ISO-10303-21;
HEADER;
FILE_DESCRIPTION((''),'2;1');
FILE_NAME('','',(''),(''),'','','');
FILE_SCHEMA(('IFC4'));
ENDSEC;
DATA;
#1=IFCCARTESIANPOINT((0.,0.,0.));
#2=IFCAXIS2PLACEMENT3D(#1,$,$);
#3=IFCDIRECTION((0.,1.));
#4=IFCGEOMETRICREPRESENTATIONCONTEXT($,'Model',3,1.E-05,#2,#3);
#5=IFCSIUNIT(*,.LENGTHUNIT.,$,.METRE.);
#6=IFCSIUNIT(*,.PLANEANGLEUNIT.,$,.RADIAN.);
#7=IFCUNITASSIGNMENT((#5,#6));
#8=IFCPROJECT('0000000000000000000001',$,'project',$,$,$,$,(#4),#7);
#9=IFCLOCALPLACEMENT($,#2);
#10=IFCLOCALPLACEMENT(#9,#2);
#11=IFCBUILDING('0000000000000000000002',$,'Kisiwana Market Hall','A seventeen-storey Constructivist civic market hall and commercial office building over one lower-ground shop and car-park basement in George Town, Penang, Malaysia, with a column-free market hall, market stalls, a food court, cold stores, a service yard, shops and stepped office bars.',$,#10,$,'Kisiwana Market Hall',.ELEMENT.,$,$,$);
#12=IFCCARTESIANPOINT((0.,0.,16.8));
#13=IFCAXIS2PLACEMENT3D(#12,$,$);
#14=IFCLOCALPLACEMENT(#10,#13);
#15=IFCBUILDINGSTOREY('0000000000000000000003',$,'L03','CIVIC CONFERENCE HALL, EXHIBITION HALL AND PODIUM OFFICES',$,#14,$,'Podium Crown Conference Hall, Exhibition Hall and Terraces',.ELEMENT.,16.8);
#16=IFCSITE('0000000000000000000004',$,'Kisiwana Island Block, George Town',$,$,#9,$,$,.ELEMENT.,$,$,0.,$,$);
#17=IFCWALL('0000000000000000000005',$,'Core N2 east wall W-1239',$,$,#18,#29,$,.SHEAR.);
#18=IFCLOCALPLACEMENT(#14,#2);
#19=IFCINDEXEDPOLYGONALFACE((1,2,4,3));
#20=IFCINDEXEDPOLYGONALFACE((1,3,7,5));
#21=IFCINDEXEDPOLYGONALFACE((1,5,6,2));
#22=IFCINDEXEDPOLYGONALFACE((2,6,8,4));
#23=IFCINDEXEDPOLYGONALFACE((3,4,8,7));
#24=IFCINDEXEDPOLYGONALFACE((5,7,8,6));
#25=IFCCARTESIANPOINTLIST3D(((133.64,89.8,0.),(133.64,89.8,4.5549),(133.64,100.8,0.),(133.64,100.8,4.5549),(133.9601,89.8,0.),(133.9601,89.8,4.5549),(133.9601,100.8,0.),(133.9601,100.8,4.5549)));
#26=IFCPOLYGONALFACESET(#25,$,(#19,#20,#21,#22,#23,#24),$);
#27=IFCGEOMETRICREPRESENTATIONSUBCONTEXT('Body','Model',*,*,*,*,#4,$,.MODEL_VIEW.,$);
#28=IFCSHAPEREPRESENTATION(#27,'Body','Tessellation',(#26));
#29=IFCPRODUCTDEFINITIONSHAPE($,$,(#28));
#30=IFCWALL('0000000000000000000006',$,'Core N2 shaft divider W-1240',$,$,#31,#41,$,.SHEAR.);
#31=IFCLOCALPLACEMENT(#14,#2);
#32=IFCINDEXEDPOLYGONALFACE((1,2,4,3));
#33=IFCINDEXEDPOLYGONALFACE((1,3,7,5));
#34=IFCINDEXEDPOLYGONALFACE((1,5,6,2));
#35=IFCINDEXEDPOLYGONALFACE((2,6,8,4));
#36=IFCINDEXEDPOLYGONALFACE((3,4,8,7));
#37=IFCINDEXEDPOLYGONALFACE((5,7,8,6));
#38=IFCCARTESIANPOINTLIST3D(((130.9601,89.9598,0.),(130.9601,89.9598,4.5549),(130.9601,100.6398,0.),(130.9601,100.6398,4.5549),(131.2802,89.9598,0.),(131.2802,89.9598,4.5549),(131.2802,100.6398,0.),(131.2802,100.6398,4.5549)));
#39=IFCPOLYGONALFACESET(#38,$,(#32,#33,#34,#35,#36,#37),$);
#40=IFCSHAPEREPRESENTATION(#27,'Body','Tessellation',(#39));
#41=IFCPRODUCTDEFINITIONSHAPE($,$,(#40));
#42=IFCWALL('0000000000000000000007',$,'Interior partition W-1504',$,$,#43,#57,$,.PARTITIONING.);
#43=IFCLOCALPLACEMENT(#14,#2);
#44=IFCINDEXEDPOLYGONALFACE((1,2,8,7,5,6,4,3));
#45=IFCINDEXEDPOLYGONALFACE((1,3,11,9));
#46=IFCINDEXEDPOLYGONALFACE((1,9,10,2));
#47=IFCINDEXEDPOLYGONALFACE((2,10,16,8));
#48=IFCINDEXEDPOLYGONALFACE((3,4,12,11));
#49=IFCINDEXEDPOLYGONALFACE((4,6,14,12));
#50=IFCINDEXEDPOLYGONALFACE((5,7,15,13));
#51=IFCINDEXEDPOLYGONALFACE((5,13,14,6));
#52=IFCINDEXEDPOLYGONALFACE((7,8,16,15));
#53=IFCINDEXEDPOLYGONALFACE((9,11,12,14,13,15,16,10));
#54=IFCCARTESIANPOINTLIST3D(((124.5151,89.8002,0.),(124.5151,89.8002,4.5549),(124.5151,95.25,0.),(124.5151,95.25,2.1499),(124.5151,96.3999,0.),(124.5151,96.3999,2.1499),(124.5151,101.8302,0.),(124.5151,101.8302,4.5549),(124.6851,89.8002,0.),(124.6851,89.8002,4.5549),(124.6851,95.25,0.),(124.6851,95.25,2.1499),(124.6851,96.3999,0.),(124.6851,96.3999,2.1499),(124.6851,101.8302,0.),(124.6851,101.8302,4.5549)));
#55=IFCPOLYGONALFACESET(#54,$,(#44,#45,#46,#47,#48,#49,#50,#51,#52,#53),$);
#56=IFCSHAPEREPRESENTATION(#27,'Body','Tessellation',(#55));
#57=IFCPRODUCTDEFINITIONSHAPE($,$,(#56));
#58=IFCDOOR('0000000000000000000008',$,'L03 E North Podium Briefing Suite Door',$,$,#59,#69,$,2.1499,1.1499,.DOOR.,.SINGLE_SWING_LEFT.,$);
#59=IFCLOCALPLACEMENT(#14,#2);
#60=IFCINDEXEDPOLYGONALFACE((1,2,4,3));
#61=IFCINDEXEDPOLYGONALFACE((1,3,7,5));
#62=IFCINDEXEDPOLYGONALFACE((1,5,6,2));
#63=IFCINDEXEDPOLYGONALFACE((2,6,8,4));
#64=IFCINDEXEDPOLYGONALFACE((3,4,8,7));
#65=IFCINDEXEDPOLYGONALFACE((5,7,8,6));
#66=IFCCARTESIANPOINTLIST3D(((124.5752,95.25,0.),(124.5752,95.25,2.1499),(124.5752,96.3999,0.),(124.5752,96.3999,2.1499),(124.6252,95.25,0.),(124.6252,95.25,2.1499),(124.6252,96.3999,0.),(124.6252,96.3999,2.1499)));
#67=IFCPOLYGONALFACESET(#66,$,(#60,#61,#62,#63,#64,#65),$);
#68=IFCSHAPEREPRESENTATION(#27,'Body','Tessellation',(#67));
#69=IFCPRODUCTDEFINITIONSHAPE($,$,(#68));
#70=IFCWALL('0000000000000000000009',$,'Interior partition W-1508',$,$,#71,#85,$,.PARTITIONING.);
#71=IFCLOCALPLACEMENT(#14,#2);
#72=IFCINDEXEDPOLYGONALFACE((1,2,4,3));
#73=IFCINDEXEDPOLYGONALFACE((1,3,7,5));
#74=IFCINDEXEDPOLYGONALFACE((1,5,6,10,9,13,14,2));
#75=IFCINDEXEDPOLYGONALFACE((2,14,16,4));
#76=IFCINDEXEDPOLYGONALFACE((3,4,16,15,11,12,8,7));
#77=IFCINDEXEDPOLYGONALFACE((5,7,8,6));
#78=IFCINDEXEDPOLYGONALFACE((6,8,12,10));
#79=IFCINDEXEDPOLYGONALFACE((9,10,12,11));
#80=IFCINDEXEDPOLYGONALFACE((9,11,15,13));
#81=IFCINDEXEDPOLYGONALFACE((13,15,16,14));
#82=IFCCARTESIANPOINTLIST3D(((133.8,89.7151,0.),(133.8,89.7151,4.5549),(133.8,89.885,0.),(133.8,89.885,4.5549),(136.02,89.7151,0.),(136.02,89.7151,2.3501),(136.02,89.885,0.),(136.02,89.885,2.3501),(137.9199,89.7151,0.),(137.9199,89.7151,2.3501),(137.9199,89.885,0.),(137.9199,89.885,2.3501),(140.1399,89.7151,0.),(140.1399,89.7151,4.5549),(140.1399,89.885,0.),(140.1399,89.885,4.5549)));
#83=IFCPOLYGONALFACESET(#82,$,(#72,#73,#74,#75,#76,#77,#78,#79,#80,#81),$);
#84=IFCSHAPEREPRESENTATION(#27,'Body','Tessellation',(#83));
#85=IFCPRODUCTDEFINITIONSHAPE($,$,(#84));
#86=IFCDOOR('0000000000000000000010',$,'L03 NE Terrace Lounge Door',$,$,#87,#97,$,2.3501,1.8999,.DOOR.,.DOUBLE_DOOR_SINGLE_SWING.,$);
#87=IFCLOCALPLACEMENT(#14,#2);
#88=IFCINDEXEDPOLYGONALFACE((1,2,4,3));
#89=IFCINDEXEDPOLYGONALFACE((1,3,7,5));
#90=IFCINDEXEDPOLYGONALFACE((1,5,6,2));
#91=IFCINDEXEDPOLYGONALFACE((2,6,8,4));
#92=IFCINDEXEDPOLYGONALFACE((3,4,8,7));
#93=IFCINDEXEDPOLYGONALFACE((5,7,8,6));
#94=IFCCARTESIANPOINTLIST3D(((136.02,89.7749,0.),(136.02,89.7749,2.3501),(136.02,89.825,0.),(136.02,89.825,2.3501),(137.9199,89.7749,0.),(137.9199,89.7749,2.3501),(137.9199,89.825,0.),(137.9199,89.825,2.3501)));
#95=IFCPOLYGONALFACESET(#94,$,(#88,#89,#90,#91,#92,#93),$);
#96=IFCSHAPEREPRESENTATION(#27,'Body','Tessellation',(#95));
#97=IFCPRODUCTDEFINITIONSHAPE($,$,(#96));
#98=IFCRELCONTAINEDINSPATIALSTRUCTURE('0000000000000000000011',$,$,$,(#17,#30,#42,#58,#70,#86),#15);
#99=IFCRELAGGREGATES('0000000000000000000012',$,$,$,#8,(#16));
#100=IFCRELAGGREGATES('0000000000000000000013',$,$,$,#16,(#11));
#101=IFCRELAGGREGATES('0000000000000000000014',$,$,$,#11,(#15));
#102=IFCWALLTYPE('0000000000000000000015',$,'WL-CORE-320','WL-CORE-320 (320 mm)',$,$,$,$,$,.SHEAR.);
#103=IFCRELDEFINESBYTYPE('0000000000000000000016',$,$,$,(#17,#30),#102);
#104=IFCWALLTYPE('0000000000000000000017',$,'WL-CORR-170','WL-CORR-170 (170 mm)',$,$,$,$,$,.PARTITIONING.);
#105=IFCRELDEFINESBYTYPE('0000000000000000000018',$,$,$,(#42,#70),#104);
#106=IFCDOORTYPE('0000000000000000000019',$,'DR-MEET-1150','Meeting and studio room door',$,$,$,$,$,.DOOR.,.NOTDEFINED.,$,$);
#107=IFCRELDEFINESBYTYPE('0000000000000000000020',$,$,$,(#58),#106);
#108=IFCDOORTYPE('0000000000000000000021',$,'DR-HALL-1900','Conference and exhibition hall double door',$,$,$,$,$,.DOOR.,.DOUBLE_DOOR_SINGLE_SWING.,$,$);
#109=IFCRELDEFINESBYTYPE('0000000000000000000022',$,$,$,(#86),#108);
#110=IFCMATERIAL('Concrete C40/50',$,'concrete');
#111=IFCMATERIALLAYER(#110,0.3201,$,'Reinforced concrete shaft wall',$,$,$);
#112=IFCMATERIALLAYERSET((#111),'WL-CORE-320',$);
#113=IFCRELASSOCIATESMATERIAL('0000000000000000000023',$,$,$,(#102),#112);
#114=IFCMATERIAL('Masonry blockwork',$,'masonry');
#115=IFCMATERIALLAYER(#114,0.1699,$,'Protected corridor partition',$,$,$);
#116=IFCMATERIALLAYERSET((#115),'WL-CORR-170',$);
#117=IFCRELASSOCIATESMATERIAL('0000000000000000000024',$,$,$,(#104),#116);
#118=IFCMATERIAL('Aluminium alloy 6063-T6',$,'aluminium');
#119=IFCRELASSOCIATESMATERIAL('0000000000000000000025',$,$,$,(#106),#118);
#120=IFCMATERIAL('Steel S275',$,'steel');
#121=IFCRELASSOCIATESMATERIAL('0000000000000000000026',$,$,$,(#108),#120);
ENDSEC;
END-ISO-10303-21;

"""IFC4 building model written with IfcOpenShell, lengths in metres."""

from ifc_helpers import new_model, si_unit, direction, frame, frame_2d, origin, place, context, subcontext, project, spatial, rectangle, extrude, material, layer, layer_set, type_object, element, fill, save


model = new_model("IFC4")

# Units and contexts
model_context = context("Model", 3, precision=1e-05, world=origin(), true_north=direction((0.0, 1.0)))
body_context = subcontext(model_context, "Body", "Model", "MODEL_VIEW")
ifc_project = project(units=[si_unit("LENGTHUNIT", "METRE"), si_unit("PLANEANGLEUNIT", "RADIAN")], contexts=[model_context])

# Site, building, storey
site_placement = place(None, origin())
site = spatial("IfcSite", under=ifc_project, at=site_placement, Name="Kisiwana Island Block, George Town", CompositionType="ELEMENT", RefElevation=0.0)
building_placement = place(site_placement, origin())
building = spatial("IfcBuilding", under=site, at=building_placement, Name="Kisiwana Market Hall", Description="A seventeen-storey Constructivist civic market hall and commercial office building over one lower-ground shop and car-park basement in George Town, Penang, Malaysia, with a column-free market hall, market stalls, a food court, cold stores, a service yard, shops and stepped office bars.", LongName="Kisiwana Market Hall", CompositionType="ELEMENT")
storey_placement = place(building_placement, frame((0.0, 0.0, 16.8)))
storey = spatial("IfcBuildingStorey", under=building, at=storey_placement, Name="L03", Description="CIVIC CONFERENCE HALL, EXHIBITION HALL AND PODIUM OFFICES", LongName="Podium Crown Conference Hall, Exhibition Hall and Terraces", CompositionType="ELEMENT", Elevation=16.8)

# Shared definitions
ifc_material_1 = material(Name="Concrete C40/50", Category="concrete")
ifc_layer_1 = layer(ifc_material_1, 0.3201, Name="Reinforced concrete shaft wall")
ifc_layer_set_1 = layer_set([ifc_layer_1], Name="WL-CORE-320")
wall_type_1 = type_object("IfcWallType", Name="WL-CORE-320", Description="WL-CORE-320 (320 mm)", PredefinedType="SHEAR", material=ifc_layer_set_1)

# Walls
wall_1_placement = place(storey_placement, frame((133.8, 89.8, 0.0), z_axis=(0.0, 0.0, 1.0), x_axis=(0.0, 1.0, 0.0)))
element("IfcWall", 1, at=wall_1_placement, inside=storey, type_object=wall_type_1, Name="Core N2 east wall W-1239", PredefinedType="SHEAR", context=body_context, shape_type="SweptSolid", body=[
    extrude(rectangle(XDim=11.0, YDim=0.3201, at=frame_2d((5.5, 0.0))), origin(), (0.0, 0.0, 1.0), 4.5549),
])
wall_2_placement = place(storey_placement, frame((131.1201, 89.96, 0.0), z_axis=(0.0, 0.0, 1.0), x_axis=(0.0, 1.0, 0.0)))
element("IfcWall", 2, at=wall_2_placement, inside=storey, type_object=wall_type_1, Name="Core N2 shaft divider W-1240", PredefinedType="SHEAR", context=body_context, shape_type="SweptSolid", body=[
    extrude(rectangle(XDim=10.6799, YDim=0.3201, at=frame_2d((5.3398, 0.0))), origin(), (0.0, 0.0, 1.0), 4.5549),
])

# Walls, openings, doors
ifc_material_2 = material(Name="Masonry blockwork", Category="masonry")
ifc_layer_2 = layer(ifc_material_2, 0.1699, Name="Protected corridor partition")
ifc_layer_set_2 = layer_set([ifc_layer_2], Name="WL-CORR-170")
wall_type_2 = type_object("IfcWallType", Name="WL-CORR-170", Description="WL-CORR-170 (170 mm)", PredefinedType="PARTITIONING", material=ifc_layer_set_2)
wall_3_placement = place(storey_placement, frame((124.6001, 89.8, 0.0), z_axis=(0.0, 0.0, 1.0), x_axis=(0.0, 1.0, 0.0)))
wall_3 = element("IfcWall", 3, at=wall_3_placement, inside=storey, type_object=wall_type_2, Name="Interior partition W-1504", PredefinedType="PARTITIONING", context=body_context, shape_type="SweptSolid", body=[
    extrude(rectangle(XDim=12.03, YDim=0.1699, at=frame_2d((6.0151, 0.0))), origin(), (0.0, 0.0, 1.0), 4.5549),
])
opening_1_placement = place(wall_3_placement, frame((5.45, 0.0, 0.0)))
opening_1 = element("IfcOpeningElement", 4, at=opening_1_placement, cuts=wall_3, PredefinedType="OPENING", context=body_context, shape_type="SweptSolid", body=[
    extrude(rectangle(XDim=1.1499, YDim=2.1499, at=frame_2d((0.575, 1.075))), frame((0.0, 0.0969, 0.0), z_axis=(0.0, -1.0, 0.0), x_axis=(1.0, 0.0, 0.0)), (0.0, 0.0, 1.0), 0.1938),
])
ifc_material_3 = material(Name="Aluminium alloy 6063-T6", Category="aluminium")
door_type_1 = type_object("IfcDoorType", Name="DR-MEET-1150", Description="Meeting and studio room door", OperationType="NOTDEFINED", PredefinedType="DOOR", material=ifc_material_3)
door_1_placement = place(opening_1_placement, origin())
door_1 = element("IfcDoor", 5, at=door_1_placement, inside=storey, type_object=door_type_1, Name="L03 E North Podium Briefing Suite Door", OperationType="SINGLE_SWING_LEFT", OverallHeight=2.1499, OverallWidth=1.1499, PredefinedType="DOOR", context=body_context, shape_type="SweptSolid", body=[
    extrude(rectangle(XDim=1.1499, YDim=2.1499, at=frame_2d((0.575, 1.075))), frame((0.0, 0.0249, 0.0), z_axis=(0.0, -1.0, 0.0), x_axis=(1.0, 0.0, 0.0)), (0.0, 0.0, 1.0), 0.05),
])
fill(opening_1, door_1)
wall_4_placement = place(storey_placement, frame((133.8, 89.8, 0.0), z_axis=(0.0, 0.0, 1.0), x_axis=(1.0, 0.0, 0.0)))
wall_4 = element("IfcWall", 6, at=wall_4_placement, inside=storey, type_object=wall_type_2, Name="Interior partition W-1508", PredefinedType="PARTITIONING", context=body_context, shape_type="SweptSolid", body=[
    extrude(rectangle(XDim=6.3398, YDim=0.1699, at=frame_2d((3.1699, 0.0))), origin(), (0.0, 0.0, 1.0), 4.5549),
])
opening_2_placement = place(wall_4_placement, frame((2.22, 0.0, 0.0)))
opening_2 = element("IfcOpeningElement", 7, at=opening_2_placement, cuts=wall_4, PredefinedType="OPENING", context=body_context, shape_type="SweptSolid", body=[
    extrude(rectangle(XDim=1.8999, YDim=2.3501, at=frame_2d((0.95, 1.175))), frame((0.0, 0.0969, 0.0), z_axis=(0.0, -1.0, 0.0), x_axis=(1.0, 0.0, 0.0)), (0.0, 0.0, 1.0), 0.1938),
])
ifc_material_4 = material(Name="Steel S275", Category="steel")
door_type_2 = type_object("IfcDoorType", Name="DR-HALL-1900", Description="Conference and exhibition hall double door", OperationType="DOUBLE_DOOR_SINGLE_SWING", PredefinedType="DOOR", material=ifc_material_4)
door_2_placement = place(opening_2_placement, origin())
door_2 = element("IfcDoor", 8, at=door_2_placement, inside=storey, type_object=door_type_2, Name="L03 NE Terrace Lounge Door", OperationType="DOUBLE_DOOR_SINGLE_SWING", OverallHeight=2.3501, OverallWidth=1.8999, PredefinedType="DOOR", context=body_context, shape_type="SweptSolid", body=[
    extrude(rectangle(XDim=1.8999, YDim=2.3501, at=frame_2d((0.95, 1.175))), frame((0.0, 0.0249, 0.0), z_axis=(0.0, -1.0, 0.0), x_axis=(1.0, 0.0, 0.0)), (0.0, 0.0, 1.0), 0.05),
])
fill(opening_2, door_2)

save(model, "model.ifc")
